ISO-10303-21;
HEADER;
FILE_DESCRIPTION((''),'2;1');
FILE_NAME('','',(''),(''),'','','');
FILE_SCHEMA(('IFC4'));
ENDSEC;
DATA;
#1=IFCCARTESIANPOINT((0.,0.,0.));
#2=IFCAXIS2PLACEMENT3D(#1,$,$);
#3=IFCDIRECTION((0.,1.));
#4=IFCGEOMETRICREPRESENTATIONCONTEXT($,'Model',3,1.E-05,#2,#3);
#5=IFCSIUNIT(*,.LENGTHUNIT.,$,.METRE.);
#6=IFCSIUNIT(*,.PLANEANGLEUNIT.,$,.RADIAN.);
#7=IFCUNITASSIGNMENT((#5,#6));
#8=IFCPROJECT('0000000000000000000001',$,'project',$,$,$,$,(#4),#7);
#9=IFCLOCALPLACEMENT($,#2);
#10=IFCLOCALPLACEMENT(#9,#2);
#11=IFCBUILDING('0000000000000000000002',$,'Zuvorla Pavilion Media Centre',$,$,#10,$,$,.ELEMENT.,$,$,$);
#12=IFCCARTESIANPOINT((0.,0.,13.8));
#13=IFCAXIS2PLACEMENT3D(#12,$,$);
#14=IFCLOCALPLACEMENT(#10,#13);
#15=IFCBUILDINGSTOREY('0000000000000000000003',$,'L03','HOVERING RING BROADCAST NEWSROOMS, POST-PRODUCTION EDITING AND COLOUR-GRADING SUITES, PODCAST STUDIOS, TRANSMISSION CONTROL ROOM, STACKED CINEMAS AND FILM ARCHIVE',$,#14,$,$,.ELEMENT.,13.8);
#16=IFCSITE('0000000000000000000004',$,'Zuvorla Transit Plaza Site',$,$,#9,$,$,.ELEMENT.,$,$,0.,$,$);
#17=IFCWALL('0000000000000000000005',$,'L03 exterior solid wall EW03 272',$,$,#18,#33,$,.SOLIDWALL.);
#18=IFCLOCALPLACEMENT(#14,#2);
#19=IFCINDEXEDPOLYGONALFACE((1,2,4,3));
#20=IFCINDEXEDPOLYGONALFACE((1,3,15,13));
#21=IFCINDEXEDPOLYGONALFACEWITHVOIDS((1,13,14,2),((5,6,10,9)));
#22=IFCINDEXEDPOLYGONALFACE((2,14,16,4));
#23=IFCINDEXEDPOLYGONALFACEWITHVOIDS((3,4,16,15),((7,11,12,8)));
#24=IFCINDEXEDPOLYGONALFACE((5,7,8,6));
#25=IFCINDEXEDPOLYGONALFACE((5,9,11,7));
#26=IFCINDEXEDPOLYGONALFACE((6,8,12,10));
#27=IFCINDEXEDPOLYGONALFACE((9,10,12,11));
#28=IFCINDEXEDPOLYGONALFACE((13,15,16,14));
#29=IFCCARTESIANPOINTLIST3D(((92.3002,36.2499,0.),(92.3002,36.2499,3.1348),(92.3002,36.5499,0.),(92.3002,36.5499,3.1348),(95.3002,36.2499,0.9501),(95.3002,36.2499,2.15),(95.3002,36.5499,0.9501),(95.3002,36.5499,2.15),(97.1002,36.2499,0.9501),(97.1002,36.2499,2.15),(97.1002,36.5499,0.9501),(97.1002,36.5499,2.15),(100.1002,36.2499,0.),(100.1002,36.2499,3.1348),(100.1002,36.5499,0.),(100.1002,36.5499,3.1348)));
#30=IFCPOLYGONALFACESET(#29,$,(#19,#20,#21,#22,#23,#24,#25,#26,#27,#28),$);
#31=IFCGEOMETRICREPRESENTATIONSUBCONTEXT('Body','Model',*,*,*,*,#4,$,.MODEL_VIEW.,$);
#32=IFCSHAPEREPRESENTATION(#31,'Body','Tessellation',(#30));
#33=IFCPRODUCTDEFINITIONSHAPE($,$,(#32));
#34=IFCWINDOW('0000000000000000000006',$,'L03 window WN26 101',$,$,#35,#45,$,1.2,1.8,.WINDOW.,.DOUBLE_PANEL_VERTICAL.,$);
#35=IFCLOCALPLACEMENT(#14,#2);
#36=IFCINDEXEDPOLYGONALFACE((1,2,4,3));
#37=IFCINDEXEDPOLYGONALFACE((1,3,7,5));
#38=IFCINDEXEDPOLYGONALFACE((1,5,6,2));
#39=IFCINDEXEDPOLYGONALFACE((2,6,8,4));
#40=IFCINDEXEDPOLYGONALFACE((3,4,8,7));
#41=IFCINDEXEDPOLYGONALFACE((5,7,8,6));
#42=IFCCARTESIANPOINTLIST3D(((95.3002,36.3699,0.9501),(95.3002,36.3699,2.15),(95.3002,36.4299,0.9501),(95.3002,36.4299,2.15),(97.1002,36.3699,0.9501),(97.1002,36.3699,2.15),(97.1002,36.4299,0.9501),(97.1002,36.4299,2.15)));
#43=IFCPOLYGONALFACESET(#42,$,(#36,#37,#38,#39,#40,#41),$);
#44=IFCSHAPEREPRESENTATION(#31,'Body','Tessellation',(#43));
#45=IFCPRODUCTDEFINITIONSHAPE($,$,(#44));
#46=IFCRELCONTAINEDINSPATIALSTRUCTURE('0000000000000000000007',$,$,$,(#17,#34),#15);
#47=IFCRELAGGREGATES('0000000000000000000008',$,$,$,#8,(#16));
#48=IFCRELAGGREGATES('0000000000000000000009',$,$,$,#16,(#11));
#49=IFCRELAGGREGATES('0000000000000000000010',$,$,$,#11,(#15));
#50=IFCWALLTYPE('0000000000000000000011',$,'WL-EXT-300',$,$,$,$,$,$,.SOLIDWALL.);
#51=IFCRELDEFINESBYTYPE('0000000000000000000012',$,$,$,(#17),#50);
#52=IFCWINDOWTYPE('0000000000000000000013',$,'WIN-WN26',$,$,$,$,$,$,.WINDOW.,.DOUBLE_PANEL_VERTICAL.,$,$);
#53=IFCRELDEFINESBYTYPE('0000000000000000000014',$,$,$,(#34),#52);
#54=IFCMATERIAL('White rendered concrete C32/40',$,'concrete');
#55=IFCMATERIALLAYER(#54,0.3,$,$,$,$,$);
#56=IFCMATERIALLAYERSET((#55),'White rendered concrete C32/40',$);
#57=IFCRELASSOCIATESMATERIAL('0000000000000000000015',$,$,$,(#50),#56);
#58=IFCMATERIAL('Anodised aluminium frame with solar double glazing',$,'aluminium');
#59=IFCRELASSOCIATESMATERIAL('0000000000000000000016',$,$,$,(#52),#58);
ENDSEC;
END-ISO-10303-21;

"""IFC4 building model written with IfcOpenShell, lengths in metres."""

from ifc_helpers import new_model, si_unit, direction, frame, frame_2d, origin, place, context, subcontext, project, spatial, rectangle, extrude, material, layer, layer_set, type_object, element, fill, save


model = new_model("IFC4")

# Units and contexts
model_context = context("Model", 3, precision=1e-05, world=origin(), true_north=direction((0.0, 1.0)))
body_context = subcontext(model_context, "Body", "Model", "MODEL_VIEW")
ifc_project = project(units=[si_unit("LENGTHUNIT", "METRE"), si_unit("PLANEANGLEUNIT", "RADIAN")], contexts=[model_context])

# Site, building, storey
site_placement = place(None, origin())
site = spatial("IfcSite", under=ifc_project, at=site_placement, Name="Zuvorla Transit Plaza Site", CompositionType="ELEMENT", RefElevation=0.0)
building_placement = place(site_placement, origin())
building = spatial("IfcBuilding", under=site, at=building_placement, Name="Zuvorla Pavilion Media Centre", CompositionType="ELEMENT")
storey_placement = place(building_placement, frame((0.0, 0.0, 13.8)))
storey = spatial("IfcBuildingStorey", under=building, at=storey_placement, Name="L03", Description="HOVERING RING BROADCAST NEWSROOMS, POST-PRODUCTION EDITING AND COLOUR-GRADING SUITES, PODCAST STUDIOS, TRANSMISSION CONTROL ROOM, STACKED CINEMAS AND FILM ARCHIVE", CompositionType="ELEMENT", Elevation=13.8)

# Wall, opening, window
ifc_material_1 = material(Name="White rendered concrete C32/40", Category="concrete")
ifc_layer_1 = layer(ifc_material_1, 0.3)
ifc_layer_set_1 = layer_set([ifc_layer_1], Name="White rendered concrete C32/40")
wall_type = type_object("IfcWallType", Name="WL-EXT-300", PredefinedType="SOLIDWALL", material=ifc_layer_set_1)
wall_placement = place(storey_placement, frame((100.1001, 36.3999, 0.0), z_axis=(0.0, 0.0, 1.0), x_axis=(-1.0, 0.0, 0.0)))
wall = element("IfcWall", 1, at=wall_placement, inside=storey, type_object=wall_type, Name="L03 exterior solid wall EW03 272", PredefinedType="SOLIDWALL", context=body_context, shape_type="SweptSolid", body=[
    extrude(rectangle(XDim=7.8, YDim=0.3, at=frame_2d((3.8999, 0.0))), origin(), (0.0, 0.0, 1.0), 3.1348),
])
opening_placement = place(wall_placement, frame((3.0, 0.0, 0.95)))
opening = element("IfcOpeningElement", 2, at=opening_placement, cuts=wall, PredefinedType="OPENING", context=body_context, shape_type="SweptSolid", body=[
    extrude(rectangle(XDim=1.8, YDim=1.2, at=frame_2d((0.8999, 0.6001))), frame((0.0, 0.1599, 0.0), z_axis=(0.0, -1.0, 0.0), x_axis=(1.0, 0.0, 0.0)), (0.0, 0.0, 1.0), 0.3201),
])
ifc_material_2 = material(Name="Anodised aluminium frame with solar double glazing", Category="aluminium")
window_type = type_object("IfcWindowType", Name="WIN-WN26", PartitioningType="DOUBLE_PANEL_VERTICAL", PredefinedType="WINDOW", material=ifc_material_2)
window_placement = place(opening_placement, origin())
window = element("IfcWindow", 3, at=window_placement, inside=storey, type_object=window_type, Name="L03 window WN26 101", OverallHeight=1.2, OverallWidth=1.8, PartitioningType="DOUBLE_PANEL_VERTICAL", PredefinedType="WINDOW", context=body_context, shape_type="SweptSolid", body=[
    extrude(rectangle(XDim=1.8, YDim=1.2, at=frame_2d((0.8999, 0.6001))), frame((0.0, 0.03, 0.0), z_axis=(0.0, -1.0, 0.0), x_axis=(1.0, 0.0, 0.0)), (0.0, 0.0, 1.0), 0.0601),
])
fill(opening, window)

save(model, "model.ifc")
